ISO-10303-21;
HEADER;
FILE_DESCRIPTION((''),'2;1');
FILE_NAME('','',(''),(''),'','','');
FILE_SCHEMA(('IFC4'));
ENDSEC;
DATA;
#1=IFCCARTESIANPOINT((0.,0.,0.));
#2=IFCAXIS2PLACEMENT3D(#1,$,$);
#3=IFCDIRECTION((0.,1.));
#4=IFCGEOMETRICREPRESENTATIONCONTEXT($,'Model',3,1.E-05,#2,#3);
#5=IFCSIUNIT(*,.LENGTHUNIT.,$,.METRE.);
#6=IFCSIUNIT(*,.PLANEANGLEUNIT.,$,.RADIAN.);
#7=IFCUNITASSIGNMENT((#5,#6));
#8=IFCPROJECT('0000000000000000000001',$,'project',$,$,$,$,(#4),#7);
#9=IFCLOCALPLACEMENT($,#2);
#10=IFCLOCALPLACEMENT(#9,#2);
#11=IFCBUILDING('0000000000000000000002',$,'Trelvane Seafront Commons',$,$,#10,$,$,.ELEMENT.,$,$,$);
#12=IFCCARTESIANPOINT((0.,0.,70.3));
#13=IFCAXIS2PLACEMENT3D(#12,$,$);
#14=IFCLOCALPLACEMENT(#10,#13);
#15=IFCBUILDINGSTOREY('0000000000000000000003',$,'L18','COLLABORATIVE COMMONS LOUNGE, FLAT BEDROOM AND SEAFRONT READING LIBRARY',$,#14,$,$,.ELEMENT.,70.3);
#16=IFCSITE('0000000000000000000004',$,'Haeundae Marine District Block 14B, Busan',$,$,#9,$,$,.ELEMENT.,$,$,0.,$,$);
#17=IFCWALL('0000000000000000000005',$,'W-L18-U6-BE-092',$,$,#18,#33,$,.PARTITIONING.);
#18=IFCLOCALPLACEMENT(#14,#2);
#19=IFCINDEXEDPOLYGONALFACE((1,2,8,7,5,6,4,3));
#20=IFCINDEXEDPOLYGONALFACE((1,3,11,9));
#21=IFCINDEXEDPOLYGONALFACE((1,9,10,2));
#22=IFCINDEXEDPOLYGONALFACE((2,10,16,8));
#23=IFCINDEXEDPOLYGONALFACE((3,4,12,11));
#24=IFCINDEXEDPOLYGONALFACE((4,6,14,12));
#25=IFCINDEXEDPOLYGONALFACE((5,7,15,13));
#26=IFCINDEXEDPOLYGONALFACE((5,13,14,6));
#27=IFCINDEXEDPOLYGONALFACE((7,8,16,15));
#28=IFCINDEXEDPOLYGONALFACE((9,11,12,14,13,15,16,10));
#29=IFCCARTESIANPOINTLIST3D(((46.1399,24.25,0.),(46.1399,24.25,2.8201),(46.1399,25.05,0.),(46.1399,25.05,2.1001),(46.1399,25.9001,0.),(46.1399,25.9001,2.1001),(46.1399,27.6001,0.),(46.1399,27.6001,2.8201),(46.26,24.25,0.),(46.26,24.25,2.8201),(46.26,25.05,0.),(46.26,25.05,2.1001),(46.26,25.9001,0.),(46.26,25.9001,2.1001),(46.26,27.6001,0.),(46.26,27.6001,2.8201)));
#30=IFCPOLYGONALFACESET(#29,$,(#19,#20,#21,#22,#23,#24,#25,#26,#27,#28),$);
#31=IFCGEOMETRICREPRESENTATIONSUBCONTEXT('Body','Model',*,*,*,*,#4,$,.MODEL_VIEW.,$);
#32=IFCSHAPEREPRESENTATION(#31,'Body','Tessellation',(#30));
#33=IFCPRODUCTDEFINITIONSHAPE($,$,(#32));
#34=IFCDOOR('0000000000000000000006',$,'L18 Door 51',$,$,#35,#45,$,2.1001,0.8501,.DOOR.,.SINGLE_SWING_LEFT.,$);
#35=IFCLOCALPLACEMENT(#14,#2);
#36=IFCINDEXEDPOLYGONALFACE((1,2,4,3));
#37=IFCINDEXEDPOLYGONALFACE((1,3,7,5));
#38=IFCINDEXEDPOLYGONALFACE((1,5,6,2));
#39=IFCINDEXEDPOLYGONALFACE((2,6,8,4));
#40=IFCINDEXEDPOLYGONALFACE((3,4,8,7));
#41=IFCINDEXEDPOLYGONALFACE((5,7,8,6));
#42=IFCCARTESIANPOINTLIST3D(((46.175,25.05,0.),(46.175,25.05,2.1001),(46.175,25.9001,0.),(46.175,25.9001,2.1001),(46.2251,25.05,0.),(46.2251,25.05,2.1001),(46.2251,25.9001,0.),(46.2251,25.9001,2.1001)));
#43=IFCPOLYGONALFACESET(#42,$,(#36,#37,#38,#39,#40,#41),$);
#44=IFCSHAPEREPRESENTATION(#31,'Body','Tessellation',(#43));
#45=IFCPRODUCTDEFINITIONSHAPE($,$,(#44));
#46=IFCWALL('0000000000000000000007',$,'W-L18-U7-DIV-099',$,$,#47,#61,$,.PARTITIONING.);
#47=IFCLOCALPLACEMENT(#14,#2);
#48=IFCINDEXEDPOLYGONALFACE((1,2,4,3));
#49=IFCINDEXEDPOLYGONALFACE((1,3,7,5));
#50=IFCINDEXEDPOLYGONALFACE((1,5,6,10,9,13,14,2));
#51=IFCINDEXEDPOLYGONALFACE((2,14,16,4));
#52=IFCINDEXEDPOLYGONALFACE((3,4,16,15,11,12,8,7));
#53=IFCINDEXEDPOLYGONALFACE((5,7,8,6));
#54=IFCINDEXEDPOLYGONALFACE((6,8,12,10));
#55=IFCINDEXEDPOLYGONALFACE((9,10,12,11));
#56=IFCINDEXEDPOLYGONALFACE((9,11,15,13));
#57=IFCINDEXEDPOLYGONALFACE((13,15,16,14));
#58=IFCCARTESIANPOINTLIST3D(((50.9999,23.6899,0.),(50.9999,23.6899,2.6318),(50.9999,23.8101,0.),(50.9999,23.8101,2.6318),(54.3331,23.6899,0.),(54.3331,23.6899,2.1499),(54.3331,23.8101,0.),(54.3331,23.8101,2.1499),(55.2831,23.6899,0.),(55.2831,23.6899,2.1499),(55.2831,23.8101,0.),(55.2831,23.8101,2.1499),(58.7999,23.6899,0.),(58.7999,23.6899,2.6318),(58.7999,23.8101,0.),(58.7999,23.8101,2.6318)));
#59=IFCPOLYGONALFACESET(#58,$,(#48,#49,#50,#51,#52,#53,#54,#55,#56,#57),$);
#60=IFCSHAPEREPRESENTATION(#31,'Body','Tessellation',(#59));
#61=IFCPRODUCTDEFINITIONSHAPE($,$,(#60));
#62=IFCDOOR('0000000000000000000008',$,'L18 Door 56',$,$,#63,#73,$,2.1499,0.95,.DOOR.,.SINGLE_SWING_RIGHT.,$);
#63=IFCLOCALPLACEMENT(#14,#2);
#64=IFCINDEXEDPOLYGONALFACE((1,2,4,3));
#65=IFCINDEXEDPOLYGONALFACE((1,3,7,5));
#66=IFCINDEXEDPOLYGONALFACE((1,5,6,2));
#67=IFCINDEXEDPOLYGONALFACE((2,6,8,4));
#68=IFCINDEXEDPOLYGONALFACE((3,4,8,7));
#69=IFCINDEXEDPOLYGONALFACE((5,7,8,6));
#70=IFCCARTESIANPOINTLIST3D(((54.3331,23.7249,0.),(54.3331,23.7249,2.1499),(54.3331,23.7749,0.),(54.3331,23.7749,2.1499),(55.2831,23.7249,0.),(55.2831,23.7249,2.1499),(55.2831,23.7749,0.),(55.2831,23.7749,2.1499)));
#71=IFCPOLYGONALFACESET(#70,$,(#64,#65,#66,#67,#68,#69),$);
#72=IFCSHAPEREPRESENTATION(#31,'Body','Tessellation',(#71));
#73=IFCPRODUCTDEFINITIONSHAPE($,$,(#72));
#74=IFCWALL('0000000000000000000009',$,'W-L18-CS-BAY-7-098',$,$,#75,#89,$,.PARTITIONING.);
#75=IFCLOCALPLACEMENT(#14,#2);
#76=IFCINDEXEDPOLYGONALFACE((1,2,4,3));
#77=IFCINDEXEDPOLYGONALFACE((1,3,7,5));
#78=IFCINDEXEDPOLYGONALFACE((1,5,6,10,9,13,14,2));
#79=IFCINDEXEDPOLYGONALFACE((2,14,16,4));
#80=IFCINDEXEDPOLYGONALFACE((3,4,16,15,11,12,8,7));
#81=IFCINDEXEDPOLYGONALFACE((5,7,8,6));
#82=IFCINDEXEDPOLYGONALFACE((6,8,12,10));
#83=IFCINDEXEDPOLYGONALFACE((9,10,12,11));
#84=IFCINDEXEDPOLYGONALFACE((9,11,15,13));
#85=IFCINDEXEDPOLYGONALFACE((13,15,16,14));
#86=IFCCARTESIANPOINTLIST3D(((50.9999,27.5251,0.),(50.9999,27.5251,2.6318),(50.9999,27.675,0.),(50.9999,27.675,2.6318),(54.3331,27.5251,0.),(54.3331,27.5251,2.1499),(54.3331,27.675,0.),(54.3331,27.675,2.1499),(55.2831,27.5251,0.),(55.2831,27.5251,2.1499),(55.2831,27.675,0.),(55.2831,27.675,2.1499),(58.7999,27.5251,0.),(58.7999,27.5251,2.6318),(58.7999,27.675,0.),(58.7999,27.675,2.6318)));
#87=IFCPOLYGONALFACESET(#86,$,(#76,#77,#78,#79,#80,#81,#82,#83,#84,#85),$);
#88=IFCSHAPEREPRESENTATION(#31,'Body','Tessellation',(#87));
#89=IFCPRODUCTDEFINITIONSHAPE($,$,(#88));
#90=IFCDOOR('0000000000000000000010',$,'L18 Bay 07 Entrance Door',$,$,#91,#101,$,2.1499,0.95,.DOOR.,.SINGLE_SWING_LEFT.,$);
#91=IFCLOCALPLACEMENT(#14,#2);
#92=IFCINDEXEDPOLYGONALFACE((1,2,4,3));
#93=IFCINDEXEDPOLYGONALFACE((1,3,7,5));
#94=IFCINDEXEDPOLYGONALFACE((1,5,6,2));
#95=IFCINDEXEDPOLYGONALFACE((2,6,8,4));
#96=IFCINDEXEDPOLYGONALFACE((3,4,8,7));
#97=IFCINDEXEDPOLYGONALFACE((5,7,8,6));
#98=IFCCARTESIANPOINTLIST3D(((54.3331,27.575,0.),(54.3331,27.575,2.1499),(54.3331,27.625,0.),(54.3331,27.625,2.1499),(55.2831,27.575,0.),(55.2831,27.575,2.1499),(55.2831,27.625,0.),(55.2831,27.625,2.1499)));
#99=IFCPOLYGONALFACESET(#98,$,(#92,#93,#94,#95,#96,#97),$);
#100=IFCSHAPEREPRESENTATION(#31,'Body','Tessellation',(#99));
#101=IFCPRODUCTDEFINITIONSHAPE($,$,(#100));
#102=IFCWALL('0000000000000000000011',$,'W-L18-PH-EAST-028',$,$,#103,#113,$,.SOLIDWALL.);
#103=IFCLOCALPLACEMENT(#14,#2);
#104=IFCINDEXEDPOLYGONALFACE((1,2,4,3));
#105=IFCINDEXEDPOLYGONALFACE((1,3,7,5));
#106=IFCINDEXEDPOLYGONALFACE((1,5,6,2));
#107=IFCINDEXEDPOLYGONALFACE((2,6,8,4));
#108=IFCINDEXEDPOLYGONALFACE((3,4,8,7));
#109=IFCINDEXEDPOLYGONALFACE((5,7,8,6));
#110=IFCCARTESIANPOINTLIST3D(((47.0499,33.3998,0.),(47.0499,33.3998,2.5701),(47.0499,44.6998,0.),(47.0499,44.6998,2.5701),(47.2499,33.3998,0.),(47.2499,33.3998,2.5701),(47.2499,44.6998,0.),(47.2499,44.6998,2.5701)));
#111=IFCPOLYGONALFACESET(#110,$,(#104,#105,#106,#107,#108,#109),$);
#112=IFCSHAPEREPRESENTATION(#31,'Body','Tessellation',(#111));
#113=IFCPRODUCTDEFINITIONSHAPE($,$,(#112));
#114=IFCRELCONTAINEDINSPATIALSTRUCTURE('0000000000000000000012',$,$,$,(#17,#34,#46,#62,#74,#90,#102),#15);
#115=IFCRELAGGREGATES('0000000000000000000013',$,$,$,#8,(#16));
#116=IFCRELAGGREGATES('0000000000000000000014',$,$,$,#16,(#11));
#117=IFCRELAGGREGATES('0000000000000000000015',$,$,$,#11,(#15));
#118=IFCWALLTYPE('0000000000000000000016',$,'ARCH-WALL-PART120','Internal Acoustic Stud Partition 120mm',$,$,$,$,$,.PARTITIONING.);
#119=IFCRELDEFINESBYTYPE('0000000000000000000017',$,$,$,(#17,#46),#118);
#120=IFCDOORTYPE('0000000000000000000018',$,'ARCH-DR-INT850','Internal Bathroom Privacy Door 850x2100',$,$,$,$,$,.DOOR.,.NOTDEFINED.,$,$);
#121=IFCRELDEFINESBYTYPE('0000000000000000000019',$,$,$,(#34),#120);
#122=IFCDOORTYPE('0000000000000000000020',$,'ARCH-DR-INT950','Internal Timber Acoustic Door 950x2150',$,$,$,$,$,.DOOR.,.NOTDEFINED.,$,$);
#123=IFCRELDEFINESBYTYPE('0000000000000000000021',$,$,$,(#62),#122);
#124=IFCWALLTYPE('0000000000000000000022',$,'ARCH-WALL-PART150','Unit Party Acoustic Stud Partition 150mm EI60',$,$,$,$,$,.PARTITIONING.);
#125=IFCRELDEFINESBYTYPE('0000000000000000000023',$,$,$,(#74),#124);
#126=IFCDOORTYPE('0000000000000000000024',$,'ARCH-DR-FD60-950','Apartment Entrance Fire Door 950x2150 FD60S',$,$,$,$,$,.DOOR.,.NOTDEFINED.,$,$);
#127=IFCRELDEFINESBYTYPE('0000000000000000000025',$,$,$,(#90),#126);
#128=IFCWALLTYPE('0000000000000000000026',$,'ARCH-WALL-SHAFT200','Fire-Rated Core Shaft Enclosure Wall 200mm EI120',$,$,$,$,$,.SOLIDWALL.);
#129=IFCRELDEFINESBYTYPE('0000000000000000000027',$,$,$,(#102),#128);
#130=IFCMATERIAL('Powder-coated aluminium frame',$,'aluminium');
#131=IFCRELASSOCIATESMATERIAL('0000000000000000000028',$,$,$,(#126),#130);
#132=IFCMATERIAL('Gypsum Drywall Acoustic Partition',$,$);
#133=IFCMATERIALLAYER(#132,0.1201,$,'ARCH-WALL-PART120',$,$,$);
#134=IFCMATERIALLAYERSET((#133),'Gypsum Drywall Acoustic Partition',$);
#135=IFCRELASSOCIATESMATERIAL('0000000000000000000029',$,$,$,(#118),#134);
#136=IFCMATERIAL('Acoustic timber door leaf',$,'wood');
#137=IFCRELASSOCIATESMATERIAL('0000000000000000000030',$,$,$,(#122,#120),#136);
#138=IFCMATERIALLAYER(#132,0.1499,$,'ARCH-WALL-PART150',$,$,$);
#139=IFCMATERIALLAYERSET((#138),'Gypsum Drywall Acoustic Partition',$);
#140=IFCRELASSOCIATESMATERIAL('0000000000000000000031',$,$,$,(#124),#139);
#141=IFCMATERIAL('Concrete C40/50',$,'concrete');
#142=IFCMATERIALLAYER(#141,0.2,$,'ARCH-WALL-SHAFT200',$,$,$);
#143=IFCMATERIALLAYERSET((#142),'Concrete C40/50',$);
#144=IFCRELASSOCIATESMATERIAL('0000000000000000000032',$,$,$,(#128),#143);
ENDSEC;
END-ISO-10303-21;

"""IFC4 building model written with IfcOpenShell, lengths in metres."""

from ifc_helpers import new_model, si_unit, direction, frame, frame_2d, origin, place, context, subcontext, project, spatial, rectangle, extrude, source, transform, mapped, material, layer, layer_set, type_object, element, fill, save


model = new_model("IFC4")

# Units and contexts
model_context = context("Model", 3, precision=1e-05, world=origin(), true_north=direction((0.0, 1.0)))
body_context = subcontext(model_context, "Body", "Model", "MODEL_VIEW")
ifc_project = project(units=[si_unit("LENGTHUNIT", "METRE"), si_unit("PLANEANGLEUNIT", "RADIAN")], contexts=[model_context])

# Site, building, storey
site_placement = place(None, origin())
site = spatial("IfcSite", under=ifc_project, at=site_placement, Name="Haeundae Marine District Block 14B, Busan", CompositionType="ELEMENT", RefElevation=0.0)
building_placement = place(site_placement, origin())
building = spatial("IfcBuilding", under=site, at=building_placement, Name="Trelvane Seafront Commons", CompositionType="ELEMENT")
storey_placement = place(building_placement, frame((0.0, 0.0, 70.3)))
storey = spatial("IfcBuildingStorey", under=building, at=storey_placement, Name="L18", Description="COLLABORATIVE COMMONS LOUNGE, FLAT BEDROOM AND SEAFRONT READING LIBRARY", CompositionType="ELEMENT", Elevation=70.3)

# Shared definitions
ifc_material_1 = material(Name="Concrete C40/50", Category="concrete")
ifc_material_2 = material(Name="Powder-coated aluminium frame", Category="aluminium")
door_type_1 = type_object("IfcDoorType", Name="ARCH-DR-FD60-950", Description="Apartment Entrance Fire Door 950x2150 FD60S", OperationType="NOTDEFINED", PredefinedType="DOOR", material=ifc_material_2)
shared_shape_1 = source(origin(), body_context, "Body", "SweptSolid", [
    extrude(rectangle(XDim=0.95, YDim=2.1499, at=frame_2d((0.4751, 1.075))), frame((0.0, 0.0249, 0.0), z_axis=(0.0, -1.0, 0.0), x_axis=(1.0, 0.0, 0.0)), (0.0, 0.0, 1.0), 0.05),
])
ifc_material_3 = material(Name="Gypsum Drywall Acoustic Partition")
ifc_layer_1 = layer(ifc_material_3, 0.1201, Name="ARCH-WALL-PART120")
ifc_layer_set_1 = layer_set([ifc_layer_1], Name="Gypsum Drywall Acoustic Partition")
wall_type_1 = type_object("IfcWallType", Name="ARCH-WALL-PART120", Description="Internal Acoustic Stud Partition 120mm", PredefinedType="PARTITIONING", material=ifc_layer_set_1)
ifc_material_4 = material(Name="Acoustic timber door leaf", Category="wood")
door_type_2 = type_object("IfcDoorType", Name="ARCH-DR-INT950", Description="Internal Timber Acoustic Door 950x2150", OperationType="NOTDEFINED", PredefinedType="DOOR", material=ifc_material_4)

# Walls, openings, doors
wall_1_placement = place(storey_placement, frame((46.2, 24.25, 0.0), z_axis=(0.0, 0.0, 1.0), x_axis=(0.0, 1.0, 0.0)))
wall_1 = element("IfcWall", 1, at=wall_1_placement, inside=storey, type_object=wall_type_1, Name="W-L18-U6-BE-092", PredefinedType="PARTITIONING", context=body_context, shape_type="SweptSolid", body=[
    extrude(rectangle(XDim=3.3501, YDim=0.1201, at=frame_2d((1.675, 0.0))), origin(), (0.0, 0.0, 1.0), 2.8201),
])
opening_1_placement = place(wall_1_placement, frame((0.8, 0.0, 0.0)))
opening_1 = element("IfcOpeningElement", 2, at=opening_1_placement, cuts=wall_1, PredefinedType="OPENING", context=body_context, shape_type="SweptSolid", body=[
    extrude(rectangle(XDim=0.8501, YDim=2.1001, at=frame_2d((0.425, 1.05))), frame((0.0, 0.0701, 0.0), z_axis=(0.0, -1.0, 0.0), x_axis=(1.0, 0.0, 0.0)), (0.0, 0.0, 1.0), 0.1401),
])
door_type_3 = type_object("IfcDoorType", Name="ARCH-DR-INT850", Description="Internal Bathroom Privacy Door 850x2100", OperationType="NOTDEFINED", PredefinedType="DOOR", material=ifc_material_4)
shared_shape_2 = source(origin(), body_context, "Body", "SweptSolid", [
    extrude(rectangle(XDim=0.8501, YDim=2.1001, at=frame_2d((0.425, 1.05))), frame((0.0, 0.0249, 0.0), z_axis=(0.0, -1.0, 0.0), x_axis=(1.0, 0.0, 0.0)), (0.0, 0.0, 1.0), 0.05),
])
door_1_placement = place(opening_1_placement, origin())
door_1 = element("IfcDoor", 3, at=door_1_placement, inside=storey, type_object=door_type_3, Name="L18 Door 51", OperationType="SINGLE_SWING_LEFT", OverallHeight=2.1001, OverallWidth=0.8501, PredefinedType="DOOR", context=body_context, shape_type="MappedRepresentation", body=[
    mapped(shared_shape_2, transform((0.0, 0.0, 0.0), x_axis=(1.0, 0.0, 0.0), y_axis=(0.0, 1.0, 0.0), z_axis=(0.0, 0.0, 1.0), scale=1.0)),
])
fill(opening_1, door_1)
wall_2_placement = place(storey_placement, frame((51.0, 23.75, 0.0), z_axis=(0.0, 0.0, 1.0), x_axis=(1.0, 0.0, 0.0)))
wall_2 = element("IfcWall", 4, at=wall_2_placement, inside=storey, type_object=wall_type_1, Name="W-L18-U7-DIV-099", PredefinedType="PARTITIONING", context=body_context, shape_type="SweptSolid", body=[
    extrude(rectangle(XDim=7.8, YDim=0.1201, at=frame_2d((3.8999, 0.0))), origin(), (0.0, 0.0, 1.0), 2.6318),
])
opening_2_placement = place(wall_2_placement, frame((3.333, 0.0, 0.0)))
opening_2 = element("IfcOpeningElement", 5, at=opening_2_placement, cuts=wall_2, PredefinedType="OPENING", context=body_context, shape_type="SweptSolid", body=[
    extrude(rectangle(XDim=0.95, YDim=2.1499, at=frame_2d((0.4751, 1.075))), frame((0.0, 0.0701, 0.0), z_axis=(0.0, -1.0, 0.0), x_axis=(1.0, 0.0, 0.0)), (0.0, 0.0, 1.0), 0.1401),
])
door_2_placement = place(opening_2_placement, origin())
door_2 = element("IfcDoor", 6, at=door_2_placement, inside=storey, type_object=door_type_2, Name="L18 Door 56", OperationType="SINGLE_SWING_RIGHT", OverallHeight=2.1499, OverallWidth=0.95, PredefinedType="DOOR", context=body_context, shape_type="MappedRepresentation", body=[
    mapped(shared_shape_1, transform((0.0, 0.0, 0.0), x_axis=(1.0, 0.0, 0.0), y_axis=(0.0, 1.0, 0.0), z_axis=(0.0, 0.0, 1.0), scale=1.0)),
])
fill(opening_2, door_2)
ifc_layer_2 = layer(ifc_material_3, 0.1499, Name="ARCH-WALL-PART150")
ifc_layer_set_2 = layer_set([ifc_layer_2], Name="Gypsum Drywall Acoustic Partition")
wall_type_2 = type_object("IfcWallType", Name="ARCH-WALL-PART150", Description="Unit Party Acoustic Stud Partition 150mm EI60", PredefinedType="PARTITIONING", material=ifc_layer_set_2)
wall_3_placement = place(storey_placement, frame((51.0, 27.6001, 0.0), z_axis=(0.0, 0.0, 1.0), x_axis=(1.0, 0.0, 0.0)))
wall_3 = element("IfcWall", 7, at=wall_3_placement, inside=storey, type_object=wall_type_2, Name="W-L18-CS-BAY-7-098", PredefinedType="PARTITIONING", context=body_context, shape_type="SweptSolid", body=[
    extrude(rectangle(XDim=7.8, YDim=0.1499, at=frame_2d((3.8999, 0.0))), origin(), (0.0, 0.0, 1.0), 2.6318),
])
opening_3_placement = place(wall_3_placement, frame((3.333, 0.0, 0.0)))
opening_3 = element("IfcOpeningElement", 8, at=opening_3_placement, cuts=wall_3, PredefinedType="OPENING", context=body_context, shape_type="SweptSolid", body=[
    extrude(rectangle(XDim=0.95, YDim=2.1499, at=frame_2d((0.4751, 1.075))), frame((0.0, 0.085, 0.0), z_axis=(0.0, -1.0, 0.0), x_axis=(1.0, 0.0, 0.0)), (0.0, 0.0, 1.0), 0.1699),
])
door_3_placement = place(opening_3_placement, origin())
door_3 = element("IfcDoor", 9, at=door_3_placement, inside=storey, type_object=door_type_1, Name="L18 Bay 07 Entrance Door", OperationType="SINGLE_SWING_LEFT", OverallHeight=2.1499, OverallWidth=0.95, PredefinedType="DOOR", context=body_context, shape_type="MappedRepresentation", body=[
    mapped(shared_shape_1, transform((0.0, 0.0, 0.0), x_axis=(1.0, 0.0, 0.0), y_axis=(0.0, 1.0, 0.0), z_axis=(0.0, 0.0, 1.0), scale=1.0)),
])
fill(opening_3, door_3)

# Wall
ifc_layer_3 = layer(ifc_material_1, 0.2, Name="ARCH-WALL-SHAFT200")
ifc_layer_set_3 = layer_set([ifc_layer_3], Name="Concrete C40/50")
wall_type_3 = type_object("IfcWallType", Name="ARCH-WALL-SHAFT200", Description="Fire-Rated Core Shaft Enclosure Wall 200mm EI120", PredefinedType="SOLIDWALL", material=ifc_layer_set_3)
wall_4_placement = place(storey_placement, frame((47.1499, 33.3999, 0.0), z_axis=(0.0, 0.0, 1.0), x_axis=(0.0, 1.0, 0.0)))
element("IfcWall", 10, at=wall_4_placement, inside=storey, type_object=wall_type_3, Name="W-L18-PH-EAST-028", PredefinedType="SOLIDWALL", context=body_context, shape_type="SweptSolid", body=[
    extrude(rectangle(XDim=11.3, YDim=0.2, at=frame_2d((5.6499, 0.0))), origin(), (0.0, 0.0, 1.0), 2.5701),
])

save(model, "model.ifc")
